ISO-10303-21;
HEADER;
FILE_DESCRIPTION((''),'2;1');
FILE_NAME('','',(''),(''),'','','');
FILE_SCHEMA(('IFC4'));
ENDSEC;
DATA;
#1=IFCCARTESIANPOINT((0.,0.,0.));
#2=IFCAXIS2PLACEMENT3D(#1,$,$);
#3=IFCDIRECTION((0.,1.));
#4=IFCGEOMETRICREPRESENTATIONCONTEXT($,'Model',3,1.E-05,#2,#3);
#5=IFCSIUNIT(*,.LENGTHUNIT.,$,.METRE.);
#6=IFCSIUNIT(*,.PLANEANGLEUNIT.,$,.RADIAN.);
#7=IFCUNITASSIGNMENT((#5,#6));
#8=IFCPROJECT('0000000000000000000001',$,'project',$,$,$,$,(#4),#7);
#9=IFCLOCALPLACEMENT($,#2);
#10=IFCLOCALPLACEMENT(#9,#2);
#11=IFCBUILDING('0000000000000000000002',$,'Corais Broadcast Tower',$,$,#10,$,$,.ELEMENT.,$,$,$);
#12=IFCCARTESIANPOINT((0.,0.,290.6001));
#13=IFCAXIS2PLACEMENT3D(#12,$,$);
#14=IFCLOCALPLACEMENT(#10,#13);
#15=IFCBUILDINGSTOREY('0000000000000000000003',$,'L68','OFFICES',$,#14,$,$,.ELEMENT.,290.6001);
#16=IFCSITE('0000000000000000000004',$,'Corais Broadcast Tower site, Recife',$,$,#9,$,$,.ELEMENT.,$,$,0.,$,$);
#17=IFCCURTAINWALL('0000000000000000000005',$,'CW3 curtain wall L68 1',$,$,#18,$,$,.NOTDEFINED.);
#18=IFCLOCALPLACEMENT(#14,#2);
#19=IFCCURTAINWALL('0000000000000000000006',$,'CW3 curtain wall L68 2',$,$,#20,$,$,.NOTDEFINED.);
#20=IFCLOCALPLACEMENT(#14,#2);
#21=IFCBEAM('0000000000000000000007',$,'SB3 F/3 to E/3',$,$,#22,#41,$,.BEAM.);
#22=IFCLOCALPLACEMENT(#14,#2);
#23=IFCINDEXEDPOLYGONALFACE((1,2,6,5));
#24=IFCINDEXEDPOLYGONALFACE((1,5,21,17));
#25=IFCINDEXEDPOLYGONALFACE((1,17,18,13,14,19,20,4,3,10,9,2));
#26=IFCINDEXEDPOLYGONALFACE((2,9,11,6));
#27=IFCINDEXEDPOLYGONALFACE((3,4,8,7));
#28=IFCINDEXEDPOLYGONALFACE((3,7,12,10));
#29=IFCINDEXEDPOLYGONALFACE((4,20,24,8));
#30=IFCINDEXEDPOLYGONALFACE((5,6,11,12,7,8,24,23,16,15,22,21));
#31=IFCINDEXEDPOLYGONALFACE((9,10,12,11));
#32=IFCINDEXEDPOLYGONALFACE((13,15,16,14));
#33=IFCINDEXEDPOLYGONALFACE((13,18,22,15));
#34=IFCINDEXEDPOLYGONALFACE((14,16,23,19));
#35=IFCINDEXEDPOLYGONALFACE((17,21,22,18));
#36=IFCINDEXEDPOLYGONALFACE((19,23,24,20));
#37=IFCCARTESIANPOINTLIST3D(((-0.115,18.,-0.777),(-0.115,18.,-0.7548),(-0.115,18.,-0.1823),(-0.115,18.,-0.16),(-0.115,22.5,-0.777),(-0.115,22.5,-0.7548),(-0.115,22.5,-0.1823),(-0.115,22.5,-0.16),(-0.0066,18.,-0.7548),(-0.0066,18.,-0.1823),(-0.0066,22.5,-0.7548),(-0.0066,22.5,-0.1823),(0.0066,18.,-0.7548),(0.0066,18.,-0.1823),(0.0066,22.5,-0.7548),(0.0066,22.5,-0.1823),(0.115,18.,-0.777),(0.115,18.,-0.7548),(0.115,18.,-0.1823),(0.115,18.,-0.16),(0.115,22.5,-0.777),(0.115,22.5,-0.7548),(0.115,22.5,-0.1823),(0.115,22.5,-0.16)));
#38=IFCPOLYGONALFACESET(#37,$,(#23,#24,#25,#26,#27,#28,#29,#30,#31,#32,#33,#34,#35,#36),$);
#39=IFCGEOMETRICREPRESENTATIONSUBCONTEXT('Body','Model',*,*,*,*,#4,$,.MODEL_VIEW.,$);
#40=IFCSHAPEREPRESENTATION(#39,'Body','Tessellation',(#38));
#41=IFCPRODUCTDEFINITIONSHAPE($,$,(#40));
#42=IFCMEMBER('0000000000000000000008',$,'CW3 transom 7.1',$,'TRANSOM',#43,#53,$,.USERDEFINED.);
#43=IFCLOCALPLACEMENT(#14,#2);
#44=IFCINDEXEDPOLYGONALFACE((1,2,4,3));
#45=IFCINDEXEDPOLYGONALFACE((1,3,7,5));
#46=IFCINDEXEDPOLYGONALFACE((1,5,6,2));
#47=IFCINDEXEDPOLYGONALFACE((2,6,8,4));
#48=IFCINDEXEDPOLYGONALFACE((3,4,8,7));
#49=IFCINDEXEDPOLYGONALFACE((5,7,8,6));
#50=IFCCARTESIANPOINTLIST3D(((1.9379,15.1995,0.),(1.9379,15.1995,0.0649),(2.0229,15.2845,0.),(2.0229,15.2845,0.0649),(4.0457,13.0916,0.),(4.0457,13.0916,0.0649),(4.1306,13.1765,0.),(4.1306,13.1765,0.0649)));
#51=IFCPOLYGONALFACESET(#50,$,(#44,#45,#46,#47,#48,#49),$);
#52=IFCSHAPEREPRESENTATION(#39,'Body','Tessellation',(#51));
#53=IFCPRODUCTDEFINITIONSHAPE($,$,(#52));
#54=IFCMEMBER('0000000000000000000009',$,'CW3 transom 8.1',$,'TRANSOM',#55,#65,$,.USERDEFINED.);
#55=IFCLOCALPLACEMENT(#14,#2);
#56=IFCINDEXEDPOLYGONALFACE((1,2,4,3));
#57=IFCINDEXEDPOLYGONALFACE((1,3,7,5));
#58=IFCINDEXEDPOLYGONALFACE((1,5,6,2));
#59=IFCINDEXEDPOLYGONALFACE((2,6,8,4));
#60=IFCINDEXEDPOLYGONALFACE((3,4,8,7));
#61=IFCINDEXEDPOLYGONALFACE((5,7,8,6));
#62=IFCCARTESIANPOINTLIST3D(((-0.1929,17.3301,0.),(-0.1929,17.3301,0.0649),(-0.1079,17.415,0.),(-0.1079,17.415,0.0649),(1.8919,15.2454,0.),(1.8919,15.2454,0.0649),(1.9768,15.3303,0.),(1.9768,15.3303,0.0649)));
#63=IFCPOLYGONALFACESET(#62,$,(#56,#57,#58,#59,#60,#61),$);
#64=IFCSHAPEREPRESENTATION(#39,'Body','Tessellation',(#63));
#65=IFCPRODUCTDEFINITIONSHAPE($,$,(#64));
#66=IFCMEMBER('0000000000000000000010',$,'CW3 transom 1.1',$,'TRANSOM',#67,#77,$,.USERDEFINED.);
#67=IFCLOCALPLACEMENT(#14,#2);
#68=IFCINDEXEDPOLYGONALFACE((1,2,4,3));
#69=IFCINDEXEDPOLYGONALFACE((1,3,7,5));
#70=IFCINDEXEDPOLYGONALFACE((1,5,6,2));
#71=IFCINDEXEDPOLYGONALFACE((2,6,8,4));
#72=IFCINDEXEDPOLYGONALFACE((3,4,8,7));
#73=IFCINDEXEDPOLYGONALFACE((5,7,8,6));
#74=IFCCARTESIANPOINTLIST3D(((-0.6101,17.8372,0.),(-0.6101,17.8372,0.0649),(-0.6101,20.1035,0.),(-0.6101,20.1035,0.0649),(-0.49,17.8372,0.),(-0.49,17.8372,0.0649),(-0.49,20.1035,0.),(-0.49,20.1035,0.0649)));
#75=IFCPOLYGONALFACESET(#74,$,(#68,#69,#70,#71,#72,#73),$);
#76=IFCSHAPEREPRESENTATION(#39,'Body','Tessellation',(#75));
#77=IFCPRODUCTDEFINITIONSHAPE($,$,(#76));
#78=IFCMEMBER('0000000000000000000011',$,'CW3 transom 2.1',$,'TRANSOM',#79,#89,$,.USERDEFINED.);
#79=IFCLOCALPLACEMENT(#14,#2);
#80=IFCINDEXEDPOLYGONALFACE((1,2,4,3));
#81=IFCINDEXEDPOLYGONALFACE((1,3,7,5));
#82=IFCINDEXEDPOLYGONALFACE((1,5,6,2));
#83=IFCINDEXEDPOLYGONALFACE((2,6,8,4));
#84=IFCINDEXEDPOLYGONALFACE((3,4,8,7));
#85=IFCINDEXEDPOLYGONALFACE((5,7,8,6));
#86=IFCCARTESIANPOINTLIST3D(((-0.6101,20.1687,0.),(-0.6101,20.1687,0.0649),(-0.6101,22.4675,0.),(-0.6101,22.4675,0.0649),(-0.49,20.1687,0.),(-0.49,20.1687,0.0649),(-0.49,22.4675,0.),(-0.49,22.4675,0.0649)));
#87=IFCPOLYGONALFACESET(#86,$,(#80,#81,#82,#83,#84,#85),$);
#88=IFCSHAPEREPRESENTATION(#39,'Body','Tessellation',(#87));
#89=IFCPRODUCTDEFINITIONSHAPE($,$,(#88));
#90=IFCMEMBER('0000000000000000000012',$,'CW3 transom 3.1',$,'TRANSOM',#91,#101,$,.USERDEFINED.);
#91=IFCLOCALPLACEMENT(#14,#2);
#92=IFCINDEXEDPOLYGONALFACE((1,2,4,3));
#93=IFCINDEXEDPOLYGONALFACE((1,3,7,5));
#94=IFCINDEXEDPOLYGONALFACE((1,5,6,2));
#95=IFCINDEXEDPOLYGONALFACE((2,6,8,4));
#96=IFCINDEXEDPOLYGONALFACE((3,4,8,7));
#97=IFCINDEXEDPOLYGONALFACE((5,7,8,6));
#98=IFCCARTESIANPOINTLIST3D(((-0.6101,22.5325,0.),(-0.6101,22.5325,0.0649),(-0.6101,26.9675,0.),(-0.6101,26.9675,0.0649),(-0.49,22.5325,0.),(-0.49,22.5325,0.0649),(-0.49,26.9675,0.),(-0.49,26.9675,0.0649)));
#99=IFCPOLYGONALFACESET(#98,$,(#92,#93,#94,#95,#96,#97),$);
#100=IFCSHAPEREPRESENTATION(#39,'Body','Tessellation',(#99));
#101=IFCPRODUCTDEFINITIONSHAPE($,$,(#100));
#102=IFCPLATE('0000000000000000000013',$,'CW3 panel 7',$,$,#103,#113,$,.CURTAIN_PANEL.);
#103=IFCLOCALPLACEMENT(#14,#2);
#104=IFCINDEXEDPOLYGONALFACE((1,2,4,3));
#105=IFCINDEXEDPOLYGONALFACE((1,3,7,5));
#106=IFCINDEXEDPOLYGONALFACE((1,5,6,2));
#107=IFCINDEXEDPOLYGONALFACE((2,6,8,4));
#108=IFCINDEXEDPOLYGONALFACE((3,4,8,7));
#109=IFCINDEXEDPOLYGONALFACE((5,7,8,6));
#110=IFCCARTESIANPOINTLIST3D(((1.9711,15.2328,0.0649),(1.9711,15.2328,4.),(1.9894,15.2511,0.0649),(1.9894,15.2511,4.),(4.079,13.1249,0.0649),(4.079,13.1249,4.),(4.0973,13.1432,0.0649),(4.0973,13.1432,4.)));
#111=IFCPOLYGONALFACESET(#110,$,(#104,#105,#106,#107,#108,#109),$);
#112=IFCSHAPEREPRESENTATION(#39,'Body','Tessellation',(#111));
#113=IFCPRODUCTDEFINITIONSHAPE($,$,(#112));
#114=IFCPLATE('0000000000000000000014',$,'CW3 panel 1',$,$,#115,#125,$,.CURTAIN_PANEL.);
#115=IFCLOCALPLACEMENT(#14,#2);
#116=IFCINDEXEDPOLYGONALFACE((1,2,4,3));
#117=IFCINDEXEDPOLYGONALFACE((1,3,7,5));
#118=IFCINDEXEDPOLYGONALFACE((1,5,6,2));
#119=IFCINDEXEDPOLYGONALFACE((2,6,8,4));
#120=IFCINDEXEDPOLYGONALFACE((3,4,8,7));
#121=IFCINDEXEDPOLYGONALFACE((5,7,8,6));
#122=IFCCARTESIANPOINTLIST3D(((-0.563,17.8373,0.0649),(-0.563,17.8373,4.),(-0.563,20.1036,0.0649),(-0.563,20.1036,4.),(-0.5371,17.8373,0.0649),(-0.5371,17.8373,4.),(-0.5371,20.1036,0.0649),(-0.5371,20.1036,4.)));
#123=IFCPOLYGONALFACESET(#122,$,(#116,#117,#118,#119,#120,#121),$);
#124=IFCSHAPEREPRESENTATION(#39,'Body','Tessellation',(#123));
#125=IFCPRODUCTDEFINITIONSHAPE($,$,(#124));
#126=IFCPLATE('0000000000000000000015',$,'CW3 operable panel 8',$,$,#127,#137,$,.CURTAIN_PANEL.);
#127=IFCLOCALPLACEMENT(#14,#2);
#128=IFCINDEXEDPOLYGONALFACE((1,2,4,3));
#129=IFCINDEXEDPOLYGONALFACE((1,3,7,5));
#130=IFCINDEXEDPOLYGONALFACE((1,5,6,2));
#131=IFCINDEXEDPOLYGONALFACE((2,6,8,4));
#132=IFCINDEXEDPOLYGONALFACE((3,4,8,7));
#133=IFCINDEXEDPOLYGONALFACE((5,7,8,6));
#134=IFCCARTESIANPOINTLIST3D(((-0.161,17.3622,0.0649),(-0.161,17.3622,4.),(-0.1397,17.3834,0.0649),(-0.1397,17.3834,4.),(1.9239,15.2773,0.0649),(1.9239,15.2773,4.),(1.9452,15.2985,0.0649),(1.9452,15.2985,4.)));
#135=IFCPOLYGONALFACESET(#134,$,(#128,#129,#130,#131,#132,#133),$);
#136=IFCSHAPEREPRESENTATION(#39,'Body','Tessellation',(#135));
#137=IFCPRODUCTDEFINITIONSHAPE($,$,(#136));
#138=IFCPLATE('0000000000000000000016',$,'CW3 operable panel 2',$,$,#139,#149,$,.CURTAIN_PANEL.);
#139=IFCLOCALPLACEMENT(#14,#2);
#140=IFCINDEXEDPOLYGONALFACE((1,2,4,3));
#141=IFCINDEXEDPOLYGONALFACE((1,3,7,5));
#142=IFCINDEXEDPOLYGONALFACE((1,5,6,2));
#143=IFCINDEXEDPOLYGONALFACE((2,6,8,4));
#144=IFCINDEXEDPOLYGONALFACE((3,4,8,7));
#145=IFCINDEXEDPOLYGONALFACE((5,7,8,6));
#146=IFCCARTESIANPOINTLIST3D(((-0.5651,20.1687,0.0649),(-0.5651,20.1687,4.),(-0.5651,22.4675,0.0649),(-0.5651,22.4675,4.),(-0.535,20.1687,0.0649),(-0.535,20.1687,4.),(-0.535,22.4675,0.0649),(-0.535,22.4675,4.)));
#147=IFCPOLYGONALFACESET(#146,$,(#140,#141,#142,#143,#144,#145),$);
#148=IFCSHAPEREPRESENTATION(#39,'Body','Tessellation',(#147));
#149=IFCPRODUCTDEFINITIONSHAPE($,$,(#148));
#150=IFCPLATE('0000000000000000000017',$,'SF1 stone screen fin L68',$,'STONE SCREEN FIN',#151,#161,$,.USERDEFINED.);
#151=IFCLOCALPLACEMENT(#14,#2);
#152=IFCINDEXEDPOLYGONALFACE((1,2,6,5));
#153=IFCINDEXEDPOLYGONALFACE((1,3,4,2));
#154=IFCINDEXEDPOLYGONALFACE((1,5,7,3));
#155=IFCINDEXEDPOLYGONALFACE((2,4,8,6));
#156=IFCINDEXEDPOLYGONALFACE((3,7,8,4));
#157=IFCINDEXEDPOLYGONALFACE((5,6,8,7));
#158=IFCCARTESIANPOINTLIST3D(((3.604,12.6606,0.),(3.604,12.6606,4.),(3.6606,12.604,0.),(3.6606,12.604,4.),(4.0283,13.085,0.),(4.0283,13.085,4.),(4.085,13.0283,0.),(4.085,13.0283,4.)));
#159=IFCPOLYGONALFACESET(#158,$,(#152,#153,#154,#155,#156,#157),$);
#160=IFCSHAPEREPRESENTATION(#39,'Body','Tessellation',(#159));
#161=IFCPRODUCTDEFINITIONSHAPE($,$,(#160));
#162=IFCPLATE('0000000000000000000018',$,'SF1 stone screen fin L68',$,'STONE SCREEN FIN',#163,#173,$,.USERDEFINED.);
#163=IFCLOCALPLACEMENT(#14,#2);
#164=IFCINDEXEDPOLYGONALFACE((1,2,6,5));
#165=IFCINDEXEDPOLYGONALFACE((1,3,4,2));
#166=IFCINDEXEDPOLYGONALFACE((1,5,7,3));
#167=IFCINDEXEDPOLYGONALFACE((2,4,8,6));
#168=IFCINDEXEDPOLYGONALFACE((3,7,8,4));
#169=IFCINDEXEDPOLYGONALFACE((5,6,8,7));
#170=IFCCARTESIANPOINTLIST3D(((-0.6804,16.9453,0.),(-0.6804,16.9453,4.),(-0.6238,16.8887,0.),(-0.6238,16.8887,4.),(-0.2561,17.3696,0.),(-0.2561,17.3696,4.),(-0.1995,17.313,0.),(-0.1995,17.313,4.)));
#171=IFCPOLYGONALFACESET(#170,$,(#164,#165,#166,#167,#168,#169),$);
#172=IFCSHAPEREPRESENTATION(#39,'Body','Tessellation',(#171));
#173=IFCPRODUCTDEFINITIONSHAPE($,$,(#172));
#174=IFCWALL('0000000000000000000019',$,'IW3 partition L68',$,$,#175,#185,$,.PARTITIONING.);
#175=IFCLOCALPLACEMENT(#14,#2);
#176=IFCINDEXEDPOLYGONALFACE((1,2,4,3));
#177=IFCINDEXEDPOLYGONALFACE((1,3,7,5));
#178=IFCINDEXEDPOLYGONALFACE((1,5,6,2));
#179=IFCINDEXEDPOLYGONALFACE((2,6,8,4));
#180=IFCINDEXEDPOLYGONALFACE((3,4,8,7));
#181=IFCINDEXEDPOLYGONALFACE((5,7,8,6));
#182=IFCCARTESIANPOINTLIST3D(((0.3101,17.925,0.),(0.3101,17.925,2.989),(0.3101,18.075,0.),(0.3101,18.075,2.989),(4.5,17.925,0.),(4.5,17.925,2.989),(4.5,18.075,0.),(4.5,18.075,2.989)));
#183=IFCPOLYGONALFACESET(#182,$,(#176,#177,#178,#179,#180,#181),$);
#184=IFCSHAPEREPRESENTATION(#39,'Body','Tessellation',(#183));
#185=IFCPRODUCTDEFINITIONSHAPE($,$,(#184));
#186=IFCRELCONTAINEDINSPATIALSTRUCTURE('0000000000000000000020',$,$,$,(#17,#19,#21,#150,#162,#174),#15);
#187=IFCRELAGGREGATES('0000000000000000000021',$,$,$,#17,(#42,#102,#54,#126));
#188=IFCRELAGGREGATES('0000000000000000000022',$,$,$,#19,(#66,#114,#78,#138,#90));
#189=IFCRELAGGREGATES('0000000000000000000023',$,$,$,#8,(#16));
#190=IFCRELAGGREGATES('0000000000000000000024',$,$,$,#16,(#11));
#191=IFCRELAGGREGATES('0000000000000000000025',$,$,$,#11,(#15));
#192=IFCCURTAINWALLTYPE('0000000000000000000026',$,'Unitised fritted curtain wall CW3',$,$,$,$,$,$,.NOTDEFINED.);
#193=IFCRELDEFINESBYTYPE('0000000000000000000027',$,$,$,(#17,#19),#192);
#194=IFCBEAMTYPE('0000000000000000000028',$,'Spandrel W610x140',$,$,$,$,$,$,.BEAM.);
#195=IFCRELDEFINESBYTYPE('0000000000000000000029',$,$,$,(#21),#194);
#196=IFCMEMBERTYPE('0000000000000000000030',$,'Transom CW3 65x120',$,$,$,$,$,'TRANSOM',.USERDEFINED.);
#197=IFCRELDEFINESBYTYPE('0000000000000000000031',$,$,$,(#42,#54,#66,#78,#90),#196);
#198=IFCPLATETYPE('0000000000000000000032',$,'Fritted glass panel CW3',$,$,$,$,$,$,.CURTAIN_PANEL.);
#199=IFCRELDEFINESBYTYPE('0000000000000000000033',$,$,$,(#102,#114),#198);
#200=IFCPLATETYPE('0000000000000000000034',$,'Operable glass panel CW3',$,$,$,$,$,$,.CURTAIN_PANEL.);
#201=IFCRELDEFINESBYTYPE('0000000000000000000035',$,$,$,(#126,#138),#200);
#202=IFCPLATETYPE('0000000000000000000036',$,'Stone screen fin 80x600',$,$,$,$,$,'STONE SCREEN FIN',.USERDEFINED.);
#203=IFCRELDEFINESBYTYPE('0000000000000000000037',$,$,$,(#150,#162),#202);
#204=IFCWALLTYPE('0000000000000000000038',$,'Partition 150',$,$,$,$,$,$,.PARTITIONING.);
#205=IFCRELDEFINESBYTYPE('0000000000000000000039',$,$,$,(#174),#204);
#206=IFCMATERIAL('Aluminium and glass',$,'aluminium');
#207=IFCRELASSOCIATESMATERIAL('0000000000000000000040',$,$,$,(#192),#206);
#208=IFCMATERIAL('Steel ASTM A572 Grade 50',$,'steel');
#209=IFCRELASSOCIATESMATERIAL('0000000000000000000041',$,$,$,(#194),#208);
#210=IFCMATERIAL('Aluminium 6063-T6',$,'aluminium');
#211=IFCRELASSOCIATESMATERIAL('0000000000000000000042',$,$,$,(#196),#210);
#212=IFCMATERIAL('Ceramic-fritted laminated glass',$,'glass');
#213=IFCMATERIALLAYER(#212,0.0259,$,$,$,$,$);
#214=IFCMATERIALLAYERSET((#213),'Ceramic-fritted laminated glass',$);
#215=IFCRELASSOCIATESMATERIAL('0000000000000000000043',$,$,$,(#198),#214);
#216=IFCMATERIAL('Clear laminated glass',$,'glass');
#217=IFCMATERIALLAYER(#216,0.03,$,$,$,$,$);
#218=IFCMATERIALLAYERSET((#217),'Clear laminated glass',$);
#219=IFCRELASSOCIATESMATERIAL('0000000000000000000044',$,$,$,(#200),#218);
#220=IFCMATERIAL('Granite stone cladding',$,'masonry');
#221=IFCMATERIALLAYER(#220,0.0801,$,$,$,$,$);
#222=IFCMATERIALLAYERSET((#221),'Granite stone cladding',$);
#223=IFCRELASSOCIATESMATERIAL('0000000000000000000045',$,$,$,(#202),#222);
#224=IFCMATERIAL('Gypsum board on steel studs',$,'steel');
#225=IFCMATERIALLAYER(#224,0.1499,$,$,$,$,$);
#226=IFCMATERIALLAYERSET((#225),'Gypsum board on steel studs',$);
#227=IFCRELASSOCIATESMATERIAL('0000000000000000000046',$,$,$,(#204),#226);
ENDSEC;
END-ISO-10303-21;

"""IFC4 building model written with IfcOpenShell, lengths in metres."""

from ifc_helpers import new_model, si_unit, direction, frame, frame_2d, origin, origin_2d, place, context, subcontext, project, spatial, rectangle, i_section, extrude, material, layer, layer_set, material_profile, profile_set, type_object, element, aggregate, save


model = new_model("IFC4")

# Units and contexts
model_context = context("Model", 3, precision=1e-05, world=origin(), true_north=direction((0.0, 1.0)))
body_context = subcontext(model_context, "Body", "Model", "MODEL_VIEW")
ifc_project = project(units=[si_unit("LENGTHUNIT", "METRE"), si_unit("PLANEANGLEUNIT", "RADIAN")], contexts=[model_context])

# Site, building, storey
site_placement = place(None, origin())
site = spatial("IfcSite", under=ifc_project, at=site_placement, Name="Corais Broadcast Tower site, Recife", CompositionType="ELEMENT", RefElevation=0.0)
building_placement = place(site_placement, origin())
building = spatial("IfcBuilding", under=site, at=building_placement, Name="Corais Broadcast Tower", CompositionType="ELEMENT")
storey_placement = place(building_placement, frame((0.0, 0.0, 290.6001)))
storey = spatial("IfcBuildingStorey", under=building, at=storey_placement, Name="L68", Description="OFFICES", CompositionType="ELEMENT", Elevation=290.6001)

# Curtain walls
ifc_material_1 = material(Name="Aluminium and glass", Category="aluminium")
curtain_wall_type = type_object("IfcCurtainWallType", Name="Unitised fritted curtain wall CW3", PredefinedType="NOTDEFINED", material=ifc_material_1)
curtain_wall_1_placement = place(storey_placement, origin())
curtain_wall_1 = element("IfcCurtainWall", 1, at=curtain_wall_1_placement, inside=storey, type_object=curtain_wall_type, Name="CW3 curtain wall L68 1", PredefinedType="NOTDEFINED")
curtain_wall_2_placement = place(storey_placement, origin())
curtain_wall_2 = element("IfcCurtainWall", 2, at=curtain_wall_2_placement, inside=storey, type_object=curtain_wall_type, Name="CW3 curtain wall L68 2", PredefinedType="NOTDEFINED")

# Beam
ifc_material_2 = material(Name="Steel ASTM A572 Grade 50", Category="steel")
ifc_material_profile_1 = material_profile(ifc_material_2, i_section(OverallWidth=0.23, OverallDepth=0.6169, WebThickness=0.0132, FlangeThickness=0.0222, at=origin_2d()), Name="W610x140")
ifc_profile_set_1 = profile_set([ifc_material_profile_1], Name="Steel ASTM A572 Grade 50")
beam_type_1 = type_object("IfcBeamType", Name="Spandrel W610x140", PredefinedType="BEAM", material=ifc_profile_set_1)
beam_1_placement = place(storey_placement, frame((0.0, 22.5, -0.4685), z_axis=(0.0, -1.0, 0.0), x_axis=(1.0, 0.0, 0.0)))
element("IfcBeam", 3, at=beam_1_placement, inside=storey, type_object=beam_type_1, Name="SB3 F/3 to E/3", PredefinedType="BEAM", context=body_context, shape_type="SweptSolid", body=[
    extrude(i_section(OverallWidth=0.23, OverallDepth=0.6169, WebThickness=0.0132, FlangeThickness=0.0222, at=origin_2d()), origin(), (0.0, 0.0, 1.0), 4.5),
])

# Members
ifc_material_3 = material(Name="Aluminium 6063-T6", Category="aluminium")
ifc_material_profile_2 = material_profile(ifc_material_3, rectangle(XDim=0.1201, YDim=0.0649, at=origin_2d()), Name="Transom CW3 65x120")
ifc_profile_set_2 = profile_set([ifc_material_profile_2], Name="Aluminium 6063-T6")
member_type_1 = type_object("IfcMemberType", Name="Transom CW3 65x120", ElementType="TRANSOM", PredefinedType="USERDEFINED", material=ifc_profile_set_2)
member_1_placement = place(storey_placement, frame((4.0881, 13.134, 0.0325), z_axis=(-0.707066, 0.707148, 0.0), x_axis=(-0.707148, -0.707066, 0.0)))
member_1 = element("IfcMember", 4, at=member_1_placement, type_object=member_type_1, Name="CW3 transom 7.1", ObjectType="TRANSOM", PredefinedType="USERDEFINED", context=body_context, shape_type="SweptSolid", body=[
    extrude(rectangle(XDim=0.1201, YDim=0.0649, at=origin_2d()), origin(), (0.0, 0.0, 1.0), 2.981),
])
member_2_placement = place(storey_placement, frame((1.9343, 15.2878, 0.0325), z_axis=(-0.707107, 0.707107, 0.0), x_axis=(-0.707107, -0.707107, 0.0)))
member_2 = element("IfcMember", 5, at=member_2_placement, type_object=member_type_1, Name="CW3 transom 8.1", ObjectType="TRANSOM", PredefinedType="USERDEFINED", context=body_context, shape_type="SweptSolid", body=[
    extrude(rectangle(XDim=0.1201, YDim=0.0649, at=origin_2d()), origin(), (0.0, 0.0, 1.0), 2.9482),
])
member_3_placement = place(storey_placement, frame((-0.55, 17.8372, 0.0325), z_axis=(0.0, 1.0, 0.0), x_axis=(-1.0, 0.0, 0.0)))
member_3 = element("IfcMember", 6, at=member_3_placement, type_object=member_type_1, Name="CW3 transom 1.1", ObjectType="TRANSOM", PredefinedType="USERDEFINED", context=body_context, shape_type="SweptSolid", body=[
    extrude(rectangle(XDim=0.1201, YDim=0.0649, at=origin_2d()), origin(), (0.0, 0.0, 1.0), 2.2664),
])
member_4_placement = place(storey_placement, frame((-0.55, 20.1687, 0.0325), z_axis=(0.0, 1.0, 0.0), x_axis=(-1.0, 0.0, 0.0)))
member_4 = element("IfcMember", 7, at=member_4_placement, type_object=member_type_1, Name="CW3 transom 2.1", ObjectType="TRANSOM", PredefinedType="USERDEFINED", context=body_context, shape_type="SweptSolid", body=[
    extrude(rectangle(XDim=0.1201, YDim=0.0649, at=origin_2d()), origin(), (0.0, 0.0, 1.0), 2.2988),
])
member_5_placement = place(storey_placement, frame((-0.55, 22.5325, 0.0325), z_axis=(0.0, 1.0, 0.0), x_axis=(-1.0, 0.0, 0.0)))
member_5 = element("IfcMember", 8, at=member_5_placement, type_object=member_type_1, Name="CW3 transom 3.1", ObjectType="TRANSOM", PredefinedType="USERDEFINED", context=body_context, shape_type="SweptSolid", body=[
    extrude(rectangle(XDim=0.1201, YDim=0.0649, at=origin_2d()), origin(), (0.0, 0.0, 1.0), 4.4351),
])

# Plates
ifc_material_4 = material(Name="Ceramic-fritted laminated glass", Category="glass")
ifc_layer_1 = layer(ifc_material_4, 0.0259)
ifc_layer_set_1 = layer_set([ifc_layer_1], Name="Ceramic-fritted laminated glass")
plate_type_1 = type_object("IfcPlateType", Name="Fritted glass panel CW3", PredefinedType="CURTAIN_PANEL", material=ifc_layer_set_1)
plate_1_placement = place(storey_placement, frame((3.0342, 14.188, 0.0649), z_axis=(0.0, 0.0, 1.0), x_axis=(-0.707107, 0.707107, 0.0)))
plate_1 = element("IfcPlate", 9, at=plate_1_placement, type_object=plate_type_1, Name="CW3 panel 7", PredefinedType="CURTAIN_PANEL", context=body_context, shape_type="SweptSolid", body=[
    extrude(rectangle(XDim=2.981, YDim=0.0259, at=origin_2d()), origin(), (0.0, 0.0, 1.0), 3.9351),
])
plate_2_placement = place(storey_placement, frame((-0.55, 18.9705, 0.0649), z_axis=(0.0, 0.0, 1.0), x_axis=(0.0, 1.0, 0.0)))
plate_2 = element("IfcPlate", 10, at=plate_2_placement, type_object=plate_type_1, Name="CW3 panel 1", PredefinedType="CURTAIN_PANEL", context=body_context, shape_type="SweptSolid", body=[
    extrude(rectangle(XDim=2.2664, YDim=0.0259, at=origin_2d()), origin(), (0.0, 0.0, 1.0), 3.9351),
])
ifc_material_5 = material(Name="Clear laminated glass", Category="glass")
ifc_layer_2 = layer(ifc_material_5, 0.03)
ifc_layer_set_2 = layer_set([ifc_layer_2], Name="Clear laminated glass")
plate_type_2 = type_object("IfcPlateType", Name="Operable glass panel CW3", PredefinedType="CURTAIN_PANEL", material=ifc_layer_set_2)
plate_3_placement = place(storey_placement, frame((0.8921, 16.3303, 0.0649), z_axis=(0.0, 0.0, 1.0), x_axis=(-0.707107, 0.707107, 0.0)))
plate_3 = element("IfcPlate", 11, at=plate_3_placement, type_object=plate_type_2, Name="CW3 operable panel 8", PredefinedType="CURTAIN_PANEL", context=body_context, shape_type="SweptSolid", body=[
    extrude(rectangle(XDim=2.9485, YDim=0.03, at=origin_2d()), origin(), (0.0, 0.0, 1.0), 3.9351),
])
aggregate(curtain_wall_1, [member_1, plate_1, member_2, plate_3])
plate_4_placement = place(storey_placement, frame((-0.55, 21.3181, 0.0649), z_axis=(0.0, 0.0, 1.0), x_axis=(0.0, 1.0, 0.0)))
plate_4 = element("IfcPlate", 12, at=plate_4_placement, type_object=plate_type_2, Name="CW3 operable panel 2", PredefinedType="CURTAIN_PANEL", context=body_context, shape_type="SweptSolid", body=[
    extrude(rectangle(XDim=2.2988, YDim=0.03, at=origin_2d()), origin(), (0.0, 0.0, 1.0), 3.9351),
])
aggregate(curtain_wall_2, [member_3, plate_2, member_4, plate_4, member_5])

# Plates
ifc_material_6 = material(Name="Granite stone cladding", Category="masonry")
ifc_layer_3 = layer(ifc_material_6, 0.0801)
ifc_layer_set_3 = layer_set([ifc_layer_3], Name="Granite stone cladding")
plate_type_3 = type_object("IfcPlateType", Name="Stone screen fin 80x600", ElementType="STONE SCREEN FIN", PredefinedType="USERDEFINED", material=ifc_layer_set_3)
for number, where, z_axis, x_axis, name in (
    (13, (3.8445, 12.8445, 0.0), (0.0, 0.0, 1.0), (-0.707107, 0.707107, 0.0), "SF1 stone screen fin L68"),
    (14, (-0.4399, 17.1292, 0.0), (0.0, 0.0, 1.0), (-0.707107, 0.707107, 0.0), "SF1 stone screen fin L68"),
):
    element("IfcPlate", number, at=place(storey_placement, frame(where, z_axis=z_axis, x_axis=x_axis)), inside=storey, type_object=plate_type_3, Name=name, ObjectType="STONE SCREEN FIN", PredefinedType="USERDEFINED", context=body_context, shape_type="SweptSolid", body=[
        extrude(rectangle(XDim=0.0801, YDim=0.6001, at=origin_2d()), origin(), (0.0, 0.0, 1.0), 4.0),
    ])

# Wall
ifc_material_7 = material(Name="Gypsum board on steel studs", Category="steel")
ifc_layer_4 = layer(ifc_material_7, 0.1499)
ifc_layer_set_4 = layer_set([ifc_layer_4], Name="Gypsum board on steel studs")
wall_type = type_object("IfcWallType", Name="Partition 150", PredefinedType="PARTITIONING", material=ifc_layer_set_4)
wall_placement = place(storey_placement, frame((0.3101, 18.0, 0.0), z_axis=(0.0, 0.0, 1.0), x_axis=(1.0, 0.0, 0.0)))
element("IfcWall", 15, at=wall_placement, inside=storey, type_object=wall_type, Name="IW3 partition L68", PredefinedType="PARTITIONING", context=body_context, shape_type="SweptSolid", body=[
    extrude(rectangle(XDim=4.1899, YDim=0.1499, at=frame_2d((2.095, 0.0))), origin(), (0.0, 0.0, 1.0), 2.989),
])

save(model, "model.ifc")
